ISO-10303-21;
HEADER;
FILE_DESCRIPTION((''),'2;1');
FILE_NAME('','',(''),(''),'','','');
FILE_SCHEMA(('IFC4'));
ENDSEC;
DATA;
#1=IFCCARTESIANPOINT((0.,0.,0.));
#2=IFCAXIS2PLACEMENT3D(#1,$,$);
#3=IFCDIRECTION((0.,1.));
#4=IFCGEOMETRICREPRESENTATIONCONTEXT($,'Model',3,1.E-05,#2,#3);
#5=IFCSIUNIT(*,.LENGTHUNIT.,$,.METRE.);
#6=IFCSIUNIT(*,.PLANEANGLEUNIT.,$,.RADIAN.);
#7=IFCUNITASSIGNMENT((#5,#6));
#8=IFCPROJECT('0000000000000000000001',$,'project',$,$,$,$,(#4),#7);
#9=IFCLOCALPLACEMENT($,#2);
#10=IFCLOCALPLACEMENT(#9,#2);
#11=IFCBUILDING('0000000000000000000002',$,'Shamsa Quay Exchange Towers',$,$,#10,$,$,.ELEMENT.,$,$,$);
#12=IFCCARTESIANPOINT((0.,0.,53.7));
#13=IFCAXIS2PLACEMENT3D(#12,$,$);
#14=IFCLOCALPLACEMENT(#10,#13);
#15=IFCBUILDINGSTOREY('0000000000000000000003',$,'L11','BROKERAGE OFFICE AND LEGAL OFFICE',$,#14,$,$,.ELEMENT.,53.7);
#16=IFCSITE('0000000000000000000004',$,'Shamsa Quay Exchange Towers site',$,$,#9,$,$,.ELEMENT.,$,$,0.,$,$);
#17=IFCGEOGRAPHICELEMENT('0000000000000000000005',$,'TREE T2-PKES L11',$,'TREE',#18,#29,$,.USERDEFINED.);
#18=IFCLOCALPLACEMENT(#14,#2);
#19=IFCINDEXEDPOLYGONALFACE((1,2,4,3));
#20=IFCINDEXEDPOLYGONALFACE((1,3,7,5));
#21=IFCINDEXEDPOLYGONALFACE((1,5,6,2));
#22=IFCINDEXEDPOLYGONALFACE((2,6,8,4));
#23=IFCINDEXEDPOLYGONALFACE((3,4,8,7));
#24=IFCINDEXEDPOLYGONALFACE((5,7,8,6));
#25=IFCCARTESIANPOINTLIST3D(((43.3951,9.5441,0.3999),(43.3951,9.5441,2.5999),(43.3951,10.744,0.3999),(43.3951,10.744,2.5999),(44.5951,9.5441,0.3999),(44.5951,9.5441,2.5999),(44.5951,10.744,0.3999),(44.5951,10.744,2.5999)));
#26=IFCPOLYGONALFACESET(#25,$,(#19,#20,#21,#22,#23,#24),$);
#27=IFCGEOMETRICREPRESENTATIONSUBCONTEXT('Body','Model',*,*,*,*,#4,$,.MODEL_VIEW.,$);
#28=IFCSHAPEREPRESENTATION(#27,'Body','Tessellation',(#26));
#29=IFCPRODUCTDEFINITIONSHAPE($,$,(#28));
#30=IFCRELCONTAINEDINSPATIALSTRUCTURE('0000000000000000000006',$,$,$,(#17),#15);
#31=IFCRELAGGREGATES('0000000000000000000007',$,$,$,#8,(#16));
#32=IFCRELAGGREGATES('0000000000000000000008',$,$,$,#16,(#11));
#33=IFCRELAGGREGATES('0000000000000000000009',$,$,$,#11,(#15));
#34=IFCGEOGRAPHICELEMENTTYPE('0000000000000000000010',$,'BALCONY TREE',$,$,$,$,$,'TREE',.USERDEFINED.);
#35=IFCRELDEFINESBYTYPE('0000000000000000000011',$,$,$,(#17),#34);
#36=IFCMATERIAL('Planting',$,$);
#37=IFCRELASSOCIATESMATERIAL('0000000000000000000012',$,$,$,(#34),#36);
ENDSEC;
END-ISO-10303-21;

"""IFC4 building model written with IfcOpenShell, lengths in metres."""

from ifc_helpers import new_model, si_unit, direction, frame, origin, origin_2d, place, context, subcontext, project, spatial, rectangle, extrude, material, type_object, element, save


model = new_model("IFC4")

# Units and contexts
model_context = context("Model", 3, precision=1e-05, world=origin(), true_north=direction((0.0, 1.0)))
body_context = subcontext(model_context, "Body", "Model", "MODEL_VIEW")
ifc_project = project(units=[si_unit("LENGTHUNIT", "METRE"), si_unit("PLANEANGLEUNIT", "RADIAN")], contexts=[model_context])

# Site, building, storey
site_placement = place(None, origin())
site = spatial("IfcSite", under=ifc_project, at=site_placement, Name="Shamsa Quay Exchange Towers site", CompositionType="ELEMENT", RefElevation=0.0)
building_placement = place(site_placement, origin())
building = spatial("IfcBuilding", under=site, at=building_placement, Name="Shamsa Quay Exchange Towers", CompositionType="ELEMENT")
storey_placement = place(building_placement, frame((0.0, 0.0, 53.7)))
storey = spatial("IfcBuildingStorey", under=building, at=storey_placement, Name="L11", Description="BROKERAGE OFFICE AND LEGAL OFFICE", CompositionType="ELEMENT", Elevation=53.7)

# Geographic element
ifc_material_1 = material(Name="Planting")
geographic_element_type = type_object("IfcGeographicElementType", Name="BALCONY TREE", ElementType="TREE", PredefinedType="USERDEFINED", material=ifc_material_1)
geographic_element_placement = place(storey_placement, frame((43.9951, 10.144, 0.3999), z_axis=(0.0, 0.0, 1.0), x_axis=(0.0, 1.0, 0.0)))
element("IfcGeographicElement", 1, at=geographic_element_placement, inside=storey, type_object=geographic_element_type, Name="TREE T2-PKES L11", ObjectType="TREE", PredefinedType="USERDEFINED", context=body_context, shape_type="SweptSolid", body=[
    extrude(rectangle(XDim=1.2, YDim=1.2, at=origin_2d()), origin(), (0.0, 0.0, 1.0), 2.2),
])

save(model, "model.ifc")
